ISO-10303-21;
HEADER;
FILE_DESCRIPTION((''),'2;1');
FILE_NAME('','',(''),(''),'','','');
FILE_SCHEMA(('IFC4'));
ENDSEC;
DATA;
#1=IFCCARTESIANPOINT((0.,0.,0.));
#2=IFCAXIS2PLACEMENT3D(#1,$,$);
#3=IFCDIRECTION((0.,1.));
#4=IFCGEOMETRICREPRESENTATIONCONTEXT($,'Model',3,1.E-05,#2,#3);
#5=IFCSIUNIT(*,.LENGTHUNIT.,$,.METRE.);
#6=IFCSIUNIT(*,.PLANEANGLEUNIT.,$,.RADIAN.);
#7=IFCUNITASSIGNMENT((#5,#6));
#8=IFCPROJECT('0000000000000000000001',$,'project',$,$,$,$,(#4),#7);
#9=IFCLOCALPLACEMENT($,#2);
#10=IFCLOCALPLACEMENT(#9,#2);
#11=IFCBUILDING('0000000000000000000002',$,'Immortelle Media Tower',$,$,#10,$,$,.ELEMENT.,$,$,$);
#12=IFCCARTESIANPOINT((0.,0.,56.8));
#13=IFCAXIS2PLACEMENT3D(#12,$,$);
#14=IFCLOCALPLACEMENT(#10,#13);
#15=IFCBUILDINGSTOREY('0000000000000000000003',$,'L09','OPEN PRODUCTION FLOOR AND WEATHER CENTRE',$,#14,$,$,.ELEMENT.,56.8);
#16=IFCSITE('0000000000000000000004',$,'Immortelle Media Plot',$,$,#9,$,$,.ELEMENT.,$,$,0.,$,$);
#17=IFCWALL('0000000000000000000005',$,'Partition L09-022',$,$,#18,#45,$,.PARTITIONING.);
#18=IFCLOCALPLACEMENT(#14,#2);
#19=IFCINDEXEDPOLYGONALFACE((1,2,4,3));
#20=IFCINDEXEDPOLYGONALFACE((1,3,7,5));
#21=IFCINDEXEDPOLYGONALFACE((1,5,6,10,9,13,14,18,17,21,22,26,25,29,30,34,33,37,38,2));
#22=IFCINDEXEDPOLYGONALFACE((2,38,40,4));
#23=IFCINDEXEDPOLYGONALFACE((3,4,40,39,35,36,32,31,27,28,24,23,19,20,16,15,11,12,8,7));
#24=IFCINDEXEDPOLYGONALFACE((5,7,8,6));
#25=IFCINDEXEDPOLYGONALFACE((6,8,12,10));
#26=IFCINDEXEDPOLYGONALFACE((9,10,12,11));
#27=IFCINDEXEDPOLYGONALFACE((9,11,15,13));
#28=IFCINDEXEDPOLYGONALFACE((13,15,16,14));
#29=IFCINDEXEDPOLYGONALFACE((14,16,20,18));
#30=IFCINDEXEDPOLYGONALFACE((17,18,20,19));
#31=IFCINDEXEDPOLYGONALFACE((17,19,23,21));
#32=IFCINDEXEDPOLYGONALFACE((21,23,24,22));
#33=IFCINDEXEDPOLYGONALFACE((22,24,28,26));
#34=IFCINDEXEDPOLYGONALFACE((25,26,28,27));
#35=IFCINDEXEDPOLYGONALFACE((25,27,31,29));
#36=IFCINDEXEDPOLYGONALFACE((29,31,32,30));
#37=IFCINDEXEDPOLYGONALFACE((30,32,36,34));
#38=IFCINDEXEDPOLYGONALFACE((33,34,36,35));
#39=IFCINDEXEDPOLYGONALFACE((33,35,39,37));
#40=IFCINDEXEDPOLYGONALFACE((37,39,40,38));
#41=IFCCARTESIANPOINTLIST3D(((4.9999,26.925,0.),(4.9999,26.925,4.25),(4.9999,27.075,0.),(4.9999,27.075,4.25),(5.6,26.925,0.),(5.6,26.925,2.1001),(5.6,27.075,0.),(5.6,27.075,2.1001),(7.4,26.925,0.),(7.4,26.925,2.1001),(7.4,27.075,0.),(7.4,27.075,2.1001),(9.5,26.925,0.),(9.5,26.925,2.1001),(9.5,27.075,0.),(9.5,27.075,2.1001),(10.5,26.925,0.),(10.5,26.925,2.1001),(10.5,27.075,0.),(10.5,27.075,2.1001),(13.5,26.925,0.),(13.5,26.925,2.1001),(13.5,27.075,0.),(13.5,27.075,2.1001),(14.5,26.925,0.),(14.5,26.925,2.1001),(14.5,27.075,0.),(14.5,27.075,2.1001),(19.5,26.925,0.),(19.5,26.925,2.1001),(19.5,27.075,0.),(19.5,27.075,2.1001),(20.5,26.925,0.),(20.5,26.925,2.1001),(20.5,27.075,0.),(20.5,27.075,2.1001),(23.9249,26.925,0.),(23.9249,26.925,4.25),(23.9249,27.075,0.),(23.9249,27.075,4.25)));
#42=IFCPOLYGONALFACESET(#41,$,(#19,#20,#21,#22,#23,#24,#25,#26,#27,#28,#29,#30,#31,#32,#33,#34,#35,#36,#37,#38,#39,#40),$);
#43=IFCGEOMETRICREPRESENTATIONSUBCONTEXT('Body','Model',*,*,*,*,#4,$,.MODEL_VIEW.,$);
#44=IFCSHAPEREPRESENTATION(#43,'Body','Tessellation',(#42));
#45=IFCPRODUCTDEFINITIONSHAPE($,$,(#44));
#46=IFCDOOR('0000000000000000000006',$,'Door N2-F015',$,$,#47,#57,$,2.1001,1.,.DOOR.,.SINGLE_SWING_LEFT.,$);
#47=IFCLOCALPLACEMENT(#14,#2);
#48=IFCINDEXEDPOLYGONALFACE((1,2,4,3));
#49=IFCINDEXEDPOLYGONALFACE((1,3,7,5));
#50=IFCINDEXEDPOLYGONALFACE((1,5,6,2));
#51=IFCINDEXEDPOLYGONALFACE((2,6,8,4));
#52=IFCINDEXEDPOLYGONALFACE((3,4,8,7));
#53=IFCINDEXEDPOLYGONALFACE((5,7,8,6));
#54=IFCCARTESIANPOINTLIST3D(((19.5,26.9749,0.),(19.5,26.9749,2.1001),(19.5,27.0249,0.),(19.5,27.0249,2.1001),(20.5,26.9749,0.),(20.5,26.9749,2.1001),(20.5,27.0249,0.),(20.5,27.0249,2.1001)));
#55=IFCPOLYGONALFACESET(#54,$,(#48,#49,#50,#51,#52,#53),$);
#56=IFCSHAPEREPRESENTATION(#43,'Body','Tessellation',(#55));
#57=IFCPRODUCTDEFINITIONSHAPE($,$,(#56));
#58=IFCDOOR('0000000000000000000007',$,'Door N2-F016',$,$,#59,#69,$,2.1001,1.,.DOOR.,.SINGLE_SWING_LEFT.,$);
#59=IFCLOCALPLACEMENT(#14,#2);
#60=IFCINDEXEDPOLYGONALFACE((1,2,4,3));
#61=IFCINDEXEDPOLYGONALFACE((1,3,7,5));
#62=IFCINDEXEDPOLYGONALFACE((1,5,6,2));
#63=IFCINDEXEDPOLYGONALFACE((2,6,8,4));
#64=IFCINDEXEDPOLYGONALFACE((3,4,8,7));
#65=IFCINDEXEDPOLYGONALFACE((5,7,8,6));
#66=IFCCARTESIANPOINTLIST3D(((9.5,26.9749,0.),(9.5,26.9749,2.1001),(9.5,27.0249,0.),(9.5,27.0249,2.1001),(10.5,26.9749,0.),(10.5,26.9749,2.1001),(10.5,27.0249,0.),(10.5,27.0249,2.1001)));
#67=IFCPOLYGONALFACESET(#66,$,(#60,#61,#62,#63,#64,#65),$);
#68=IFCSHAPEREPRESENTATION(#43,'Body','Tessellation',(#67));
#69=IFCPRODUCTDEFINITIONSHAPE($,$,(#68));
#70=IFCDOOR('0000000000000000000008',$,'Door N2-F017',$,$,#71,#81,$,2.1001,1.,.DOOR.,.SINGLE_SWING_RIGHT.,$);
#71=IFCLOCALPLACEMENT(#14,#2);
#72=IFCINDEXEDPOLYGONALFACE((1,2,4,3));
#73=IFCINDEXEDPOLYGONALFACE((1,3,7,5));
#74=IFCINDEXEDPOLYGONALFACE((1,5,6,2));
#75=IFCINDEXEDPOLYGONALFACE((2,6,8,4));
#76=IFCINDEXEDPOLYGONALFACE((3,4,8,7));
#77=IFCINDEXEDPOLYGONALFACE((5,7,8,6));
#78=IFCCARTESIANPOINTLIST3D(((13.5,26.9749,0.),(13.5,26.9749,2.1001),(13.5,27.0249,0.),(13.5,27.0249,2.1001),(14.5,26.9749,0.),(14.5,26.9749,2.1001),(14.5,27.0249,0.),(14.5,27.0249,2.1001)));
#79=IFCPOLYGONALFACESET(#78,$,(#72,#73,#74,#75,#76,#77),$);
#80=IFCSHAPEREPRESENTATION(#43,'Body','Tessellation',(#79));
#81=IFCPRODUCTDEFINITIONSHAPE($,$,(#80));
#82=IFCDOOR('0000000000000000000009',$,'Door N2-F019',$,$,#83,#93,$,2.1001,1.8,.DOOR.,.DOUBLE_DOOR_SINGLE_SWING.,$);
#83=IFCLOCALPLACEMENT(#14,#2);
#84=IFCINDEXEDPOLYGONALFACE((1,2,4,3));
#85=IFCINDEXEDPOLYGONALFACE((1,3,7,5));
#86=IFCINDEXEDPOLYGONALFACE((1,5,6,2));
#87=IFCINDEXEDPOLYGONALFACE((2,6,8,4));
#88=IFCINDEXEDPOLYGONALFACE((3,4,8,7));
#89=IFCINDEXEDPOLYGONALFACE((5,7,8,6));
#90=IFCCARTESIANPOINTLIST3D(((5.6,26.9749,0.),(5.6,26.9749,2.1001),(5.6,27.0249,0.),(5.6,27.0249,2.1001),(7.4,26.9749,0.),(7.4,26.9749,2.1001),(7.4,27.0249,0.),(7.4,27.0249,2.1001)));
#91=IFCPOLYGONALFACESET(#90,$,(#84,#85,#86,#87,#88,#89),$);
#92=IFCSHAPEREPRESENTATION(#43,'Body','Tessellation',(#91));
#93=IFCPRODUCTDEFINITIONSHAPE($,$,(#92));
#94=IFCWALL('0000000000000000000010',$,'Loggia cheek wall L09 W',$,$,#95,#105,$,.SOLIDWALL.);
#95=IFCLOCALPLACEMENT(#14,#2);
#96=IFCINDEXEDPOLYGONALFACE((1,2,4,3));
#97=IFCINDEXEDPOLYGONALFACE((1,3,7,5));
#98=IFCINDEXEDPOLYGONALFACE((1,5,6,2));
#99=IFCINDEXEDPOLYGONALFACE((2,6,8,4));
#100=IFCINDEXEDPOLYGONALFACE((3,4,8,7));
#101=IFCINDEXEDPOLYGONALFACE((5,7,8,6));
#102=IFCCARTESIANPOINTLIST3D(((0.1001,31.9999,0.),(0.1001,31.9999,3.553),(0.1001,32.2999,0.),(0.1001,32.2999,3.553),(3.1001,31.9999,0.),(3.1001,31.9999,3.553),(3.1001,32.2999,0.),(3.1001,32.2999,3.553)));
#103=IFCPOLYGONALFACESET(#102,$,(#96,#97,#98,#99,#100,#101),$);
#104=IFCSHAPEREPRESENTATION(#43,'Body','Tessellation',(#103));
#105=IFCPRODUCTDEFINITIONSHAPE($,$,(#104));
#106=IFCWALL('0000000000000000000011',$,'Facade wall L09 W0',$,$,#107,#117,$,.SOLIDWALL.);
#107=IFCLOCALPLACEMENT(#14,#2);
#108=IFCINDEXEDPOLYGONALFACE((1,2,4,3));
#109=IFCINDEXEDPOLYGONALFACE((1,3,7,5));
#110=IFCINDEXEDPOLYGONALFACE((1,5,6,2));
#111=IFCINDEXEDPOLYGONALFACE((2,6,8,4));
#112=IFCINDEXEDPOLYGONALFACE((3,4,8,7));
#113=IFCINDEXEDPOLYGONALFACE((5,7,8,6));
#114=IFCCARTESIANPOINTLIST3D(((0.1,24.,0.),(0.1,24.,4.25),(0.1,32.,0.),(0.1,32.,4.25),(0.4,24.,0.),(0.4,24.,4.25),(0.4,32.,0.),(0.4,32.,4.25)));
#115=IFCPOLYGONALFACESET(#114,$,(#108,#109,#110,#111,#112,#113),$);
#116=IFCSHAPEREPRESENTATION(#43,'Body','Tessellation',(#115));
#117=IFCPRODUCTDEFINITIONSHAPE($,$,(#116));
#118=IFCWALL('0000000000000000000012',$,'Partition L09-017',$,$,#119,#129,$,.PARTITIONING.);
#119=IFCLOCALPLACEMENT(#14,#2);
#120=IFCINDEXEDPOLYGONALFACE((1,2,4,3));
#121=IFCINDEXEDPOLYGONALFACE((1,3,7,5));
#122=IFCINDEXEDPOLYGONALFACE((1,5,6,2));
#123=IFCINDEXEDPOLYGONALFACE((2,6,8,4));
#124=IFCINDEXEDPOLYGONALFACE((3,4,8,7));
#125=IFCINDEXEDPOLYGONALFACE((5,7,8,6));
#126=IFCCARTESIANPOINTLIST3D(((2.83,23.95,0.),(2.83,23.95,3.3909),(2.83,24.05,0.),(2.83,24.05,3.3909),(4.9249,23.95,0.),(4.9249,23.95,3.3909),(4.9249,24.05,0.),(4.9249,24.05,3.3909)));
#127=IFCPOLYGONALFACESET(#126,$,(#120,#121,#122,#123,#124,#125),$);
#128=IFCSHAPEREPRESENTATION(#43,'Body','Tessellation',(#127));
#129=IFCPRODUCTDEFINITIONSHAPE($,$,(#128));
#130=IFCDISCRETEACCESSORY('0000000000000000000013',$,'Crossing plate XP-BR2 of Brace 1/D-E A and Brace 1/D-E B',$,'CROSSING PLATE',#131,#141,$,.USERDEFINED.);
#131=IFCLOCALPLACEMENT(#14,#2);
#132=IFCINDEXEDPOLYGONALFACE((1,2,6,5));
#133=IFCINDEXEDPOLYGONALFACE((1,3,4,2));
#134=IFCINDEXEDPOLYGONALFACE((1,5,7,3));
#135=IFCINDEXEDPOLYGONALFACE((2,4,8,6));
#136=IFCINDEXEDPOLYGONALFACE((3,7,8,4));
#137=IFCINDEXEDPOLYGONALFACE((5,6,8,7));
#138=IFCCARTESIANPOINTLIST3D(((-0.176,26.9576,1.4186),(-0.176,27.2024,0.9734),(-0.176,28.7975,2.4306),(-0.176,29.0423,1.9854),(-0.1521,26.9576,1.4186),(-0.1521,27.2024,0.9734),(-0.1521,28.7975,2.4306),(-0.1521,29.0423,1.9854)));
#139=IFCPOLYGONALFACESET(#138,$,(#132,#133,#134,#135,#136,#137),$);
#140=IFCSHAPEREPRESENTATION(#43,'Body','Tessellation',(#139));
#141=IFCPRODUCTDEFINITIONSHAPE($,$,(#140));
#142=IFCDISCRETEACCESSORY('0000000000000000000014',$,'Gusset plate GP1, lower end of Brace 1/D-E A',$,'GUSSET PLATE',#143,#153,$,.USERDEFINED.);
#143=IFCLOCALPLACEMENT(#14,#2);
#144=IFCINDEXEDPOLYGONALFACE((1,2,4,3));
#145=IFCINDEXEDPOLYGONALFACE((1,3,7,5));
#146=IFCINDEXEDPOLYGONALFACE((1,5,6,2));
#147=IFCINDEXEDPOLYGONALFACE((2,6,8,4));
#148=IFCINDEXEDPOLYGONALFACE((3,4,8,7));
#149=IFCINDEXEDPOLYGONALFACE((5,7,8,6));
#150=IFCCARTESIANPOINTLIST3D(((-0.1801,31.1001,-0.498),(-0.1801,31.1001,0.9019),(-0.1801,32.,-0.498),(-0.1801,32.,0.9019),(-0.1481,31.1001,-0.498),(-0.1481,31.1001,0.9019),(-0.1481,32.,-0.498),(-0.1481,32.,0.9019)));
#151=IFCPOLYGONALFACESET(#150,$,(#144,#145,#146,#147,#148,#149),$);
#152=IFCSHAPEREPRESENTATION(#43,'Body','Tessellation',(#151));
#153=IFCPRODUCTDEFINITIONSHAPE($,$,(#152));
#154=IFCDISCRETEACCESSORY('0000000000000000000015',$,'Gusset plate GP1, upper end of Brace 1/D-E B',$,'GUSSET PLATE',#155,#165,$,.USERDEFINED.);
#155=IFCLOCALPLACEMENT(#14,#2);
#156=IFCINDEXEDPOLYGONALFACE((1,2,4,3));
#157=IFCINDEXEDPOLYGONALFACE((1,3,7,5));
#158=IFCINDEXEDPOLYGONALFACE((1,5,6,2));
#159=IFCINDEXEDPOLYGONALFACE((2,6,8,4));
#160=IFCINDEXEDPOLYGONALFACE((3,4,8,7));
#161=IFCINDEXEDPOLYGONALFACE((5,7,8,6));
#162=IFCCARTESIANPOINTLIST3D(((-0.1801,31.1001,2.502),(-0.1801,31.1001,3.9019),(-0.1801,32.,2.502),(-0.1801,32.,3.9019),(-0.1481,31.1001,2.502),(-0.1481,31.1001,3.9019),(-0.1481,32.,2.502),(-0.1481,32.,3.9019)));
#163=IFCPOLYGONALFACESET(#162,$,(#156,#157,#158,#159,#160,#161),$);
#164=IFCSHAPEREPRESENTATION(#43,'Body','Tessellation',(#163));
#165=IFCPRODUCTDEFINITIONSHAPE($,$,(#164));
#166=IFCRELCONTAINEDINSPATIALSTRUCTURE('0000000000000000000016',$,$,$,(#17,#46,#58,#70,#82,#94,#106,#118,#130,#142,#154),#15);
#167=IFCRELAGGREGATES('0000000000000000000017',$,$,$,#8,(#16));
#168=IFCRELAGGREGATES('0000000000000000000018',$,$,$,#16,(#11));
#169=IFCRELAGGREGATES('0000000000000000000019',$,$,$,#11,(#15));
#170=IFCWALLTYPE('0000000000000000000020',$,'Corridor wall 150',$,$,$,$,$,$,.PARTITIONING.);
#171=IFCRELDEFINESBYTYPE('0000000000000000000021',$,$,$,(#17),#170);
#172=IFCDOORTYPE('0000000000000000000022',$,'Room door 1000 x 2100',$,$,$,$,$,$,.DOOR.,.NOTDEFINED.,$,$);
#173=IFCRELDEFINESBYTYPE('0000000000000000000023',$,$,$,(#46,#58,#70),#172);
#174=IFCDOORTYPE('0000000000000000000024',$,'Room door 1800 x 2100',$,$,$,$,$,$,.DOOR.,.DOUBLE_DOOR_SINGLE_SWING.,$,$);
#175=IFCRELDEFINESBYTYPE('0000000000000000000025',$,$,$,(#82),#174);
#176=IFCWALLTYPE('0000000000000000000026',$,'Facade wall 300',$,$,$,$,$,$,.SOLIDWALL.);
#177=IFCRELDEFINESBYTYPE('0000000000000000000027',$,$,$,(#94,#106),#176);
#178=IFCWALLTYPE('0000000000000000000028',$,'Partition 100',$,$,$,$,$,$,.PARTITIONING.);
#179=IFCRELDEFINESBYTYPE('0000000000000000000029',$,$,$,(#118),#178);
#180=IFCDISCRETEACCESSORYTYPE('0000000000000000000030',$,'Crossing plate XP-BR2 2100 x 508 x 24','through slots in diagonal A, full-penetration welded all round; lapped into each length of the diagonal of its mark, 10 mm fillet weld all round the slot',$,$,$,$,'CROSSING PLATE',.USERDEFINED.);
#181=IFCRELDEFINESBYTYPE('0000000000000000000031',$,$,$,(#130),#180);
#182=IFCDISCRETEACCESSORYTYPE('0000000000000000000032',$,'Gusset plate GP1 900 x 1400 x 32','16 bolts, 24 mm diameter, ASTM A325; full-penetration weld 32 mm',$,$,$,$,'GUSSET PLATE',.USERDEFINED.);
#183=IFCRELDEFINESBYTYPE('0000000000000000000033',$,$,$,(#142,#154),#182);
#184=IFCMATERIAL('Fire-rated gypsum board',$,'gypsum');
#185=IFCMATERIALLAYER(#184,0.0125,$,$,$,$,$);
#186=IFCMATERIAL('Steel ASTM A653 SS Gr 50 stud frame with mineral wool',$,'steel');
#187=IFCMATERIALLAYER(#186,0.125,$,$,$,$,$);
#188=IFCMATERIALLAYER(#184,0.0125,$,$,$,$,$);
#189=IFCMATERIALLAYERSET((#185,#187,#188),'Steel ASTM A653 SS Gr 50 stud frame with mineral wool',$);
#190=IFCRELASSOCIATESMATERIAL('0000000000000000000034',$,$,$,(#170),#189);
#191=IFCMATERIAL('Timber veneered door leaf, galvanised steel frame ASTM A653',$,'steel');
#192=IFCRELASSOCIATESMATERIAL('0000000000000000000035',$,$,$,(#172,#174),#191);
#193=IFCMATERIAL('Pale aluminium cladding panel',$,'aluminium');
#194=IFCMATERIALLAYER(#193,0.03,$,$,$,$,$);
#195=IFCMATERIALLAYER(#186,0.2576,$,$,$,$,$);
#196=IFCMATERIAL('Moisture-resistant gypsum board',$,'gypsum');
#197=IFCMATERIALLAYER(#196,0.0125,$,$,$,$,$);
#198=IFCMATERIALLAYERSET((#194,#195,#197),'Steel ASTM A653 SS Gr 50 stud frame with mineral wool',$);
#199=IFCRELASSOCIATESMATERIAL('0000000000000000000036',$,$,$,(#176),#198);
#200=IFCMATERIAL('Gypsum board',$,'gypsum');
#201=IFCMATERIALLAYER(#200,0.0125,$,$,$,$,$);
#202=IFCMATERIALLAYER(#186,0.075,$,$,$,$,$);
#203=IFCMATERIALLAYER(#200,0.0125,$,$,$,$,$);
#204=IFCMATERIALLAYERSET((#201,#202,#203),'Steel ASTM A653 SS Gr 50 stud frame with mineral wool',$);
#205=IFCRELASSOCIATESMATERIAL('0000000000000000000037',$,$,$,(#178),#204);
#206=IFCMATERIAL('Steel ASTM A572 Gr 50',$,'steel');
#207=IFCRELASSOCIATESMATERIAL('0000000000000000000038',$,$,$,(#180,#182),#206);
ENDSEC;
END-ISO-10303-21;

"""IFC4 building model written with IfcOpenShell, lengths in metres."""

from ifc_helpers import new_model, si_unit, direction, frame, frame_2d, origin, origin_2d, place, context, subcontext, project, spatial, rectangle, extrude, material, layer, layer_set, material_profile, profile_set, type_object, element, fill, save


model = new_model("IFC4")

# Units and contexts
model_context = context("Model", 3, precision=1e-05, world=origin(), true_north=direction((0.0, 1.0)))
body_context = subcontext(model_context, "Body", "Model", "MODEL_VIEW")
ifc_project = project(units=[si_unit("LENGTHUNIT", "METRE"), si_unit("PLANEANGLEUNIT", "RADIAN")], contexts=[model_context])

# Site, building, storey
site_placement = place(None, origin())
site = spatial("IfcSite", under=ifc_project, at=site_placement, Name="Immortelle Media Plot", CompositionType="ELEMENT", RefElevation=0.0)
building_placement = place(site_placement, origin())
building = spatial("IfcBuilding", under=site, at=building_placement, Name="Immortelle Media Tower", CompositionType="ELEMENT")
storey_placement = place(building_placement, frame((0.0, 0.0, 56.8)))
storey = spatial("IfcBuildingStorey", under=building, at=storey_placement, Name="L09", Description="OPEN PRODUCTION FLOOR AND WEATHER CENTRE", CompositionType="ELEMENT", Elevation=56.8)

# Wall, openings, doors
ifc_material_1 = material(Name="Fire-rated gypsum board", Category="gypsum")
ifc_layer_1 = layer(ifc_material_1, 0.0125)
ifc_material_2 = material(Name="Steel ASTM A653 SS Gr 50 stud frame with mineral wool", Category="steel")
ifc_layer_2 = layer(ifc_material_2, 0.125)
ifc_layer_3 = layer(ifc_material_1, 0.0125)
ifc_layer_set_1 = layer_set([ifc_layer_1, ifc_layer_2, ifc_layer_3], Name="Steel ASTM A653 SS Gr 50 stud frame with mineral wool")
wall_type_1 = type_object("IfcWallType", Name="Corridor wall 150", PredefinedType="PARTITIONING", material=ifc_layer_set_1)
wall_1_placement = place(storey_placement, frame((5.0, 27.0, 0.0), z_axis=(0.0, 0.0, 1.0), x_axis=(1.0, 0.0, 0.0)))
wall_1 = element("IfcWall", 1, at=wall_1_placement, inside=storey, type_object=wall_type_1, Name="Partition L09-022", PredefinedType="PARTITIONING", context=body_context, shape_type="SweptSolid", body=[
    extrude(rectangle(XDim=18.925, YDim=0.1499, at=frame_2d((9.4624, 0.0))), origin(), (0.0, 0.0, 1.0), 4.25),
])
opening_1_placement = place(wall_1_placement, frame((14.5, 0.0, 0.0)))
opening_1 = element("IfcOpeningElement", 2, at=opening_1_placement, cuts=wall_1, PredefinedType="OPENING", context=body_context, shape_type="SweptSolid", body=[
    extrude(rectangle(XDim=1.0, YDim=2.1001, at=frame_2d((0.5, 1.05))), frame((0.0, 0.085, 0.0), z_axis=(0.0, -1.0, 0.0), x_axis=(1.0, 0.0, 0.0)), (0.0, 0.0, 1.0), 0.1699),
])
opening_2_placement = place(wall_1_placement, frame((4.5, 0.0, 0.0)))
opening_2 = element("IfcOpeningElement", 3, at=opening_2_placement, cuts=wall_1, PredefinedType="OPENING", context=body_context, shape_type="SweptSolid", body=[
    extrude(rectangle(XDim=1.0, YDim=2.1001, at=frame_2d((0.5, 1.05))), frame((0.0, 0.085, 0.0), z_axis=(0.0, -1.0, 0.0), x_axis=(1.0, 0.0, 0.0)), (0.0, 0.0, 1.0), 0.1699),
])
opening_3_placement = place(wall_1_placement, frame((8.5, 0.0, 0.0)))
opening_3 = element("IfcOpeningElement", 4, at=opening_3_placement, cuts=wall_1, PredefinedType="OPENING", context=body_context, shape_type="SweptSolid", body=[
    extrude(rectangle(XDim=1.0, YDim=2.1001, at=frame_2d((0.5, 1.05))), frame((0.0, 0.085, 0.0), z_axis=(0.0, -1.0, 0.0), x_axis=(1.0, 0.0, 0.0)), (0.0, 0.0, 1.0), 0.1699),
])
opening_4_placement = place(wall_1_placement, frame((0.6001, 0.0, 0.0)))
opening_4 = element("IfcOpeningElement", 5, at=opening_4_placement, cuts=wall_1, PredefinedType="OPENING", context=body_context, shape_type="SweptSolid", body=[
    extrude(rectangle(XDim=1.8, YDim=2.1001, at=frame_2d((0.8999, 1.05))), frame((0.0, 0.085, 0.0), z_axis=(0.0, -1.0, 0.0), x_axis=(1.0, 0.0, 0.0)), (0.0, 0.0, 1.0), 0.1699),
])
ifc_material_3 = material(Name="Timber veneered door leaf, galvanised steel frame ASTM A653", Category="steel")
door_type_1 = type_object("IfcDoorType", Name="Room door 1000 x 2100", OperationType="NOTDEFINED", PredefinedType="DOOR", material=ifc_material_3)
door_1_placement = place(opening_1_placement, origin())
door_1 = element("IfcDoor", 6, at=door_1_placement, inside=storey, type_object=door_type_1, Name="Door N2-F015", OperationType="SINGLE_SWING_LEFT", OverallHeight=2.1001, OverallWidth=1.0, PredefinedType="DOOR", context=body_context, shape_type="SweptSolid", body=[
    extrude(rectangle(XDim=1.0, YDim=2.1001, at=frame_2d((0.5, 1.05))), frame((0.0, 0.0249, 0.0), z_axis=(0.0, -1.0, 0.0), x_axis=(1.0, 0.0, 0.0)), (0.0, 0.0, 1.0), 0.05),
])
fill(opening_1, door_1)
door_2_placement = place(opening_2_placement, origin())
door_2 = element("IfcDoor", 7, at=door_2_placement, inside=storey, type_object=door_type_1, Name="Door N2-F016", OperationType="SINGLE_SWING_LEFT", OverallHeight=2.1001, OverallWidth=1.0, PredefinedType="DOOR", context=body_context, shape_type="SweptSolid", body=[
    extrude(rectangle(XDim=1.0, YDim=2.1001, at=frame_2d((0.5, 1.05))), frame((0.0, 0.0249, 0.0), z_axis=(0.0, -1.0, 0.0), x_axis=(1.0, 0.0, 0.0)), (0.0, 0.0, 1.0), 0.05),
])
fill(opening_2, door_2)
door_3_placement = place(opening_3_placement, origin())
door_3 = element("IfcDoor", 8, at=door_3_placement, inside=storey, type_object=door_type_1, Name="Door N2-F017", OperationType="SINGLE_SWING_RIGHT", OverallHeight=2.1001, OverallWidth=1.0, PredefinedType="DOOR", context=body_context, shape_type="SweptSolid", body=[
    extrude(rectangle(XDim=1.0, YDim=2.1001, at=frame_2d((0.5, 1.05))), frame((0.0, 0.0249, 0.0), z_axis=(0.0, -1.0, 0.0), x_axis=(1.0, 0.0, 0.0)), (0.0, 0.0, 1.0), 0.05),
])
fill(opening_3, door_3)
door_type_2 = type_object("IfcDoorType", Name="Room door 1800 x 2100", OperationType="DOUBLE_DOOR_SINGLE_SWING", PredefinedType="DOOR", material=ifc_material_3)
door_4_placement = place(opening_4_placement, origin())
door_4 = element("IfcDoor", 9, at=door_4_placement, inside=storey, type_object=door_type_2, Name="Door N2-F019", OperationType="DOUBLE_DOOR_SINGLE_SWING", OverallHeight=2.1001, OverallWidth=1.8, PredefinedType="DOOR", context=body_context, shape_type="SweptSolid", body=[
    extrude(rectangle(XDim=1.8, YDim=2.1001, at=frame_2d((0.8999, 1.05))), frame((0.0, 0.0249, 0.0), z_axis=(0.0, -1.0, 0.0), x_axis=(1.0, 0.0, 0.0)), (0.0, 0.0, 1.0), 0.05),
])
fill(opening_4, door_4)

# Walls
ifc_material_4 = material(Name="Pale aluminium cladding panel", Category="aluminium")
ifc_layer_4 = layer(ifc_material_4, 0.03)
ifc_layer_5 = layer(ifc_material_2, 0.2576)
ifc_material_5 = material(Name="Moisture-resistant gypsum board", Category="gypsum")
ifc_layer_6 = layer(ifc_material_5, 0.0125)
ifc_layer_set_2 = layer_set([ifc_layer_4, ifc_layer_5, ifc_layer_6], Name="Steel ASTM A653 SS Gr 50 stud frame with mineral wool")
wall_type_2 = type_object("IfcWallType", Name="Facade wall 300", PredefinedType="SOLIDWALL", material=ifc_layer_set_2)
wall_2_placement = place(storey_placement, frame((0.1001, 32.1499, 0.0), z_axis=(0.0, 0.0, 1.0), x_axis=(1.0, 0.0, 0.0)))
element("IfcWall", 10, at=wall_2_placement, inside=storey, type_object=wall_type_2, Name="Loggia cheek wall L09 W", PredefinedType="SOLIDWALL", context=body_context, shape_type="SweptSolid", body=[
    extrude(rectangle(XDim=3.0, YDim=0.3, at=frame_2d((1.5, 0.0))), origin(), (0.0, 0.0, 1.0), 3.553),
])
wall_3_placement = place(storey_placement, frame((0.25, 32.0, 0.0), z_axis=(0.0, 0.0, 1.0), x_axis=(0.0, -1.0, 0.0)))
element("IfcWall", 11, at=wall_3_placement, inside=storey, type_object=wall_type_2, Name="Facade wall L09 W0", PredefinedType="SOLIDWALL", context=body_context, shape_type="SweptSolid", body=[
    extrude(rectangle(XDim=8.0, YDim=0.3, at=frame_2d((4.0, 0.0))), origin(), (0.0, 0.0, 1.0), 4.25),
])
ifc_material_6 = material(Name="Gypsum board", Category="gypsum")
ifc_layer_7 = layer(ifc_material_6, 0.0125)
ifc_layer_8 = layer(ifc_material_2, 0.075)
ifc_layer_9 = layer(ifc_material_6, 0.0125)
ifc_layer_set_3 = layer_set([ifc_layer_7, ifc_layer_8, ifc_layer_9], Name="Steel ASTM A653 SS Gr 50 stud frame with mineral wool")
wall_type_3 = type_object("IfcWallType", Name="Partition 100", PredefinedType="PARTITIONING", material=ifc_layer_set_3)
wall_4_placement = place(storey_placement, frame((2.8301, 24.0, 0.0), z_axis=(0.0, 0.0, 1.0), x_axis=(1.0, 0.0, 0.0)))
element("IfcWall", 12, at=wall_4_placement, inside=storey, type_object=wall_type_3, Name="Partition L09-017", PredefinedType="PARTITIONING", context=body_context, shape_type="SweptSolid", body=[
    extrude(rectangle(XDim=2.095, YDim=0.1001, at=frame_2d((1.0474, 0.0))), origin(), (0.0, 0.0, 1.0), 3.3909),
])

# Discrete accessories
ifc_material_7 = material(Name="Steel ASTM A572 Gr 50", Category="steel")
ifc_material_profile_1 = material_profile(ifc_material_7, rectangle(XDim=0.0239, YDim=0.5081, at=origin_2d()), Name="PL 24 x 508")
ifc_profile_set_1 = profile_set([ifc_material_profile_1], Name="Steel ASTM A572 Gr 50")
discrete_accessory_type_1 = type_object("IfcDiscreteAccessoryType", Name="Crossing plate XP-BR2 2100 x 508 x 24", Description="through slots in diagonal A, full-penetration welded all round; lapped into each length of the diagonal of its mark, 10 mm fillet weld all round the slot", ElementType="CROSSING PLATE", PredefinedType="USERDEFINED", material=ifc_profile_set_1)
discrete_accessory_placement = place(storey_placement, frame((-0.1641, 28.9199, 2.208), z_axis=(0.0, -0.876206, -0.481937), x_axis=(1.0, 0.0, 0.0)))
element("IfcDiscreteAccessory", 13, at=discrete_accessory_placement, inside=storey, type_object=discrete_accessory_type_1, Name="Crossing plate XP-BR2 of Brace 1/D-E A and Brace 1/D-E B", ObjectType="CROSSING PLATE", PredefinedType="USERDEFINED", context=body_context, shape_type="SweptSolid", body=[
    extrude(rectangle(XDim=0.0239, YDim=0.5081, at=origin_2d()), origin(), (0.0, 0.0, 1.0), 2.0999),
])
ifc_material_profile_2 = material_profile(ifc_material_7, rectangle(XDim=0.032, YDim=1.3999, at=origin_2d()), Name="PL 32 x 1400")
ifc_profile_set_2 = profile_set([ifc_material_profile_2], Name="Steel ASTM A572 Gr 50")
discrete_accessory_type_2 = type_object("IfcDiscreteAccessoryType", Name="Gusset plate GP1 900 x 1400 x 32", Description="16 bolts, 24 mm diameter, ASTM A325; full-penetration weld 32 mm", ElementType="GUSSET PLATE", PredefinedType="USERDEFINED", material=ifc_profile_set_2)
for number, where, z_axis, x_axis, name in (
    (14, (-0.1641, 32.0, 0.2019), (0.0, -1.0, 0.0), (1.0, 0.0, 0.0), "Gusset plate GP1, lower end of Brace 1/D-E A"),
    (15, (-0.1641, 32.0, 3.2019), (0.0, -1.0, 0.0), (1.0, 0.0, 0.0), "Gusset plate GP1, upper end of Brace 1/D-E B"),
):
    element("IfcDiscreteAccessory", number, at=place(storey_placement, frame(where, z_axis=z_axis, x_axis=x_axis)), inside=storey, type_object=discrete_accessory_type_2, Name=name, ObjectType="GUSSET PLATE", PredefinedType="USERDEFINED", context=body_context, shape_type="SweptSolid", body=[
        extrude(rectangle(XDim=0.032, YDim=1.3999, at=origin_2d()), origin(), (0.0, 0.0, 1.0), 0.8999),
    ])

save(model, "model.ifc")
